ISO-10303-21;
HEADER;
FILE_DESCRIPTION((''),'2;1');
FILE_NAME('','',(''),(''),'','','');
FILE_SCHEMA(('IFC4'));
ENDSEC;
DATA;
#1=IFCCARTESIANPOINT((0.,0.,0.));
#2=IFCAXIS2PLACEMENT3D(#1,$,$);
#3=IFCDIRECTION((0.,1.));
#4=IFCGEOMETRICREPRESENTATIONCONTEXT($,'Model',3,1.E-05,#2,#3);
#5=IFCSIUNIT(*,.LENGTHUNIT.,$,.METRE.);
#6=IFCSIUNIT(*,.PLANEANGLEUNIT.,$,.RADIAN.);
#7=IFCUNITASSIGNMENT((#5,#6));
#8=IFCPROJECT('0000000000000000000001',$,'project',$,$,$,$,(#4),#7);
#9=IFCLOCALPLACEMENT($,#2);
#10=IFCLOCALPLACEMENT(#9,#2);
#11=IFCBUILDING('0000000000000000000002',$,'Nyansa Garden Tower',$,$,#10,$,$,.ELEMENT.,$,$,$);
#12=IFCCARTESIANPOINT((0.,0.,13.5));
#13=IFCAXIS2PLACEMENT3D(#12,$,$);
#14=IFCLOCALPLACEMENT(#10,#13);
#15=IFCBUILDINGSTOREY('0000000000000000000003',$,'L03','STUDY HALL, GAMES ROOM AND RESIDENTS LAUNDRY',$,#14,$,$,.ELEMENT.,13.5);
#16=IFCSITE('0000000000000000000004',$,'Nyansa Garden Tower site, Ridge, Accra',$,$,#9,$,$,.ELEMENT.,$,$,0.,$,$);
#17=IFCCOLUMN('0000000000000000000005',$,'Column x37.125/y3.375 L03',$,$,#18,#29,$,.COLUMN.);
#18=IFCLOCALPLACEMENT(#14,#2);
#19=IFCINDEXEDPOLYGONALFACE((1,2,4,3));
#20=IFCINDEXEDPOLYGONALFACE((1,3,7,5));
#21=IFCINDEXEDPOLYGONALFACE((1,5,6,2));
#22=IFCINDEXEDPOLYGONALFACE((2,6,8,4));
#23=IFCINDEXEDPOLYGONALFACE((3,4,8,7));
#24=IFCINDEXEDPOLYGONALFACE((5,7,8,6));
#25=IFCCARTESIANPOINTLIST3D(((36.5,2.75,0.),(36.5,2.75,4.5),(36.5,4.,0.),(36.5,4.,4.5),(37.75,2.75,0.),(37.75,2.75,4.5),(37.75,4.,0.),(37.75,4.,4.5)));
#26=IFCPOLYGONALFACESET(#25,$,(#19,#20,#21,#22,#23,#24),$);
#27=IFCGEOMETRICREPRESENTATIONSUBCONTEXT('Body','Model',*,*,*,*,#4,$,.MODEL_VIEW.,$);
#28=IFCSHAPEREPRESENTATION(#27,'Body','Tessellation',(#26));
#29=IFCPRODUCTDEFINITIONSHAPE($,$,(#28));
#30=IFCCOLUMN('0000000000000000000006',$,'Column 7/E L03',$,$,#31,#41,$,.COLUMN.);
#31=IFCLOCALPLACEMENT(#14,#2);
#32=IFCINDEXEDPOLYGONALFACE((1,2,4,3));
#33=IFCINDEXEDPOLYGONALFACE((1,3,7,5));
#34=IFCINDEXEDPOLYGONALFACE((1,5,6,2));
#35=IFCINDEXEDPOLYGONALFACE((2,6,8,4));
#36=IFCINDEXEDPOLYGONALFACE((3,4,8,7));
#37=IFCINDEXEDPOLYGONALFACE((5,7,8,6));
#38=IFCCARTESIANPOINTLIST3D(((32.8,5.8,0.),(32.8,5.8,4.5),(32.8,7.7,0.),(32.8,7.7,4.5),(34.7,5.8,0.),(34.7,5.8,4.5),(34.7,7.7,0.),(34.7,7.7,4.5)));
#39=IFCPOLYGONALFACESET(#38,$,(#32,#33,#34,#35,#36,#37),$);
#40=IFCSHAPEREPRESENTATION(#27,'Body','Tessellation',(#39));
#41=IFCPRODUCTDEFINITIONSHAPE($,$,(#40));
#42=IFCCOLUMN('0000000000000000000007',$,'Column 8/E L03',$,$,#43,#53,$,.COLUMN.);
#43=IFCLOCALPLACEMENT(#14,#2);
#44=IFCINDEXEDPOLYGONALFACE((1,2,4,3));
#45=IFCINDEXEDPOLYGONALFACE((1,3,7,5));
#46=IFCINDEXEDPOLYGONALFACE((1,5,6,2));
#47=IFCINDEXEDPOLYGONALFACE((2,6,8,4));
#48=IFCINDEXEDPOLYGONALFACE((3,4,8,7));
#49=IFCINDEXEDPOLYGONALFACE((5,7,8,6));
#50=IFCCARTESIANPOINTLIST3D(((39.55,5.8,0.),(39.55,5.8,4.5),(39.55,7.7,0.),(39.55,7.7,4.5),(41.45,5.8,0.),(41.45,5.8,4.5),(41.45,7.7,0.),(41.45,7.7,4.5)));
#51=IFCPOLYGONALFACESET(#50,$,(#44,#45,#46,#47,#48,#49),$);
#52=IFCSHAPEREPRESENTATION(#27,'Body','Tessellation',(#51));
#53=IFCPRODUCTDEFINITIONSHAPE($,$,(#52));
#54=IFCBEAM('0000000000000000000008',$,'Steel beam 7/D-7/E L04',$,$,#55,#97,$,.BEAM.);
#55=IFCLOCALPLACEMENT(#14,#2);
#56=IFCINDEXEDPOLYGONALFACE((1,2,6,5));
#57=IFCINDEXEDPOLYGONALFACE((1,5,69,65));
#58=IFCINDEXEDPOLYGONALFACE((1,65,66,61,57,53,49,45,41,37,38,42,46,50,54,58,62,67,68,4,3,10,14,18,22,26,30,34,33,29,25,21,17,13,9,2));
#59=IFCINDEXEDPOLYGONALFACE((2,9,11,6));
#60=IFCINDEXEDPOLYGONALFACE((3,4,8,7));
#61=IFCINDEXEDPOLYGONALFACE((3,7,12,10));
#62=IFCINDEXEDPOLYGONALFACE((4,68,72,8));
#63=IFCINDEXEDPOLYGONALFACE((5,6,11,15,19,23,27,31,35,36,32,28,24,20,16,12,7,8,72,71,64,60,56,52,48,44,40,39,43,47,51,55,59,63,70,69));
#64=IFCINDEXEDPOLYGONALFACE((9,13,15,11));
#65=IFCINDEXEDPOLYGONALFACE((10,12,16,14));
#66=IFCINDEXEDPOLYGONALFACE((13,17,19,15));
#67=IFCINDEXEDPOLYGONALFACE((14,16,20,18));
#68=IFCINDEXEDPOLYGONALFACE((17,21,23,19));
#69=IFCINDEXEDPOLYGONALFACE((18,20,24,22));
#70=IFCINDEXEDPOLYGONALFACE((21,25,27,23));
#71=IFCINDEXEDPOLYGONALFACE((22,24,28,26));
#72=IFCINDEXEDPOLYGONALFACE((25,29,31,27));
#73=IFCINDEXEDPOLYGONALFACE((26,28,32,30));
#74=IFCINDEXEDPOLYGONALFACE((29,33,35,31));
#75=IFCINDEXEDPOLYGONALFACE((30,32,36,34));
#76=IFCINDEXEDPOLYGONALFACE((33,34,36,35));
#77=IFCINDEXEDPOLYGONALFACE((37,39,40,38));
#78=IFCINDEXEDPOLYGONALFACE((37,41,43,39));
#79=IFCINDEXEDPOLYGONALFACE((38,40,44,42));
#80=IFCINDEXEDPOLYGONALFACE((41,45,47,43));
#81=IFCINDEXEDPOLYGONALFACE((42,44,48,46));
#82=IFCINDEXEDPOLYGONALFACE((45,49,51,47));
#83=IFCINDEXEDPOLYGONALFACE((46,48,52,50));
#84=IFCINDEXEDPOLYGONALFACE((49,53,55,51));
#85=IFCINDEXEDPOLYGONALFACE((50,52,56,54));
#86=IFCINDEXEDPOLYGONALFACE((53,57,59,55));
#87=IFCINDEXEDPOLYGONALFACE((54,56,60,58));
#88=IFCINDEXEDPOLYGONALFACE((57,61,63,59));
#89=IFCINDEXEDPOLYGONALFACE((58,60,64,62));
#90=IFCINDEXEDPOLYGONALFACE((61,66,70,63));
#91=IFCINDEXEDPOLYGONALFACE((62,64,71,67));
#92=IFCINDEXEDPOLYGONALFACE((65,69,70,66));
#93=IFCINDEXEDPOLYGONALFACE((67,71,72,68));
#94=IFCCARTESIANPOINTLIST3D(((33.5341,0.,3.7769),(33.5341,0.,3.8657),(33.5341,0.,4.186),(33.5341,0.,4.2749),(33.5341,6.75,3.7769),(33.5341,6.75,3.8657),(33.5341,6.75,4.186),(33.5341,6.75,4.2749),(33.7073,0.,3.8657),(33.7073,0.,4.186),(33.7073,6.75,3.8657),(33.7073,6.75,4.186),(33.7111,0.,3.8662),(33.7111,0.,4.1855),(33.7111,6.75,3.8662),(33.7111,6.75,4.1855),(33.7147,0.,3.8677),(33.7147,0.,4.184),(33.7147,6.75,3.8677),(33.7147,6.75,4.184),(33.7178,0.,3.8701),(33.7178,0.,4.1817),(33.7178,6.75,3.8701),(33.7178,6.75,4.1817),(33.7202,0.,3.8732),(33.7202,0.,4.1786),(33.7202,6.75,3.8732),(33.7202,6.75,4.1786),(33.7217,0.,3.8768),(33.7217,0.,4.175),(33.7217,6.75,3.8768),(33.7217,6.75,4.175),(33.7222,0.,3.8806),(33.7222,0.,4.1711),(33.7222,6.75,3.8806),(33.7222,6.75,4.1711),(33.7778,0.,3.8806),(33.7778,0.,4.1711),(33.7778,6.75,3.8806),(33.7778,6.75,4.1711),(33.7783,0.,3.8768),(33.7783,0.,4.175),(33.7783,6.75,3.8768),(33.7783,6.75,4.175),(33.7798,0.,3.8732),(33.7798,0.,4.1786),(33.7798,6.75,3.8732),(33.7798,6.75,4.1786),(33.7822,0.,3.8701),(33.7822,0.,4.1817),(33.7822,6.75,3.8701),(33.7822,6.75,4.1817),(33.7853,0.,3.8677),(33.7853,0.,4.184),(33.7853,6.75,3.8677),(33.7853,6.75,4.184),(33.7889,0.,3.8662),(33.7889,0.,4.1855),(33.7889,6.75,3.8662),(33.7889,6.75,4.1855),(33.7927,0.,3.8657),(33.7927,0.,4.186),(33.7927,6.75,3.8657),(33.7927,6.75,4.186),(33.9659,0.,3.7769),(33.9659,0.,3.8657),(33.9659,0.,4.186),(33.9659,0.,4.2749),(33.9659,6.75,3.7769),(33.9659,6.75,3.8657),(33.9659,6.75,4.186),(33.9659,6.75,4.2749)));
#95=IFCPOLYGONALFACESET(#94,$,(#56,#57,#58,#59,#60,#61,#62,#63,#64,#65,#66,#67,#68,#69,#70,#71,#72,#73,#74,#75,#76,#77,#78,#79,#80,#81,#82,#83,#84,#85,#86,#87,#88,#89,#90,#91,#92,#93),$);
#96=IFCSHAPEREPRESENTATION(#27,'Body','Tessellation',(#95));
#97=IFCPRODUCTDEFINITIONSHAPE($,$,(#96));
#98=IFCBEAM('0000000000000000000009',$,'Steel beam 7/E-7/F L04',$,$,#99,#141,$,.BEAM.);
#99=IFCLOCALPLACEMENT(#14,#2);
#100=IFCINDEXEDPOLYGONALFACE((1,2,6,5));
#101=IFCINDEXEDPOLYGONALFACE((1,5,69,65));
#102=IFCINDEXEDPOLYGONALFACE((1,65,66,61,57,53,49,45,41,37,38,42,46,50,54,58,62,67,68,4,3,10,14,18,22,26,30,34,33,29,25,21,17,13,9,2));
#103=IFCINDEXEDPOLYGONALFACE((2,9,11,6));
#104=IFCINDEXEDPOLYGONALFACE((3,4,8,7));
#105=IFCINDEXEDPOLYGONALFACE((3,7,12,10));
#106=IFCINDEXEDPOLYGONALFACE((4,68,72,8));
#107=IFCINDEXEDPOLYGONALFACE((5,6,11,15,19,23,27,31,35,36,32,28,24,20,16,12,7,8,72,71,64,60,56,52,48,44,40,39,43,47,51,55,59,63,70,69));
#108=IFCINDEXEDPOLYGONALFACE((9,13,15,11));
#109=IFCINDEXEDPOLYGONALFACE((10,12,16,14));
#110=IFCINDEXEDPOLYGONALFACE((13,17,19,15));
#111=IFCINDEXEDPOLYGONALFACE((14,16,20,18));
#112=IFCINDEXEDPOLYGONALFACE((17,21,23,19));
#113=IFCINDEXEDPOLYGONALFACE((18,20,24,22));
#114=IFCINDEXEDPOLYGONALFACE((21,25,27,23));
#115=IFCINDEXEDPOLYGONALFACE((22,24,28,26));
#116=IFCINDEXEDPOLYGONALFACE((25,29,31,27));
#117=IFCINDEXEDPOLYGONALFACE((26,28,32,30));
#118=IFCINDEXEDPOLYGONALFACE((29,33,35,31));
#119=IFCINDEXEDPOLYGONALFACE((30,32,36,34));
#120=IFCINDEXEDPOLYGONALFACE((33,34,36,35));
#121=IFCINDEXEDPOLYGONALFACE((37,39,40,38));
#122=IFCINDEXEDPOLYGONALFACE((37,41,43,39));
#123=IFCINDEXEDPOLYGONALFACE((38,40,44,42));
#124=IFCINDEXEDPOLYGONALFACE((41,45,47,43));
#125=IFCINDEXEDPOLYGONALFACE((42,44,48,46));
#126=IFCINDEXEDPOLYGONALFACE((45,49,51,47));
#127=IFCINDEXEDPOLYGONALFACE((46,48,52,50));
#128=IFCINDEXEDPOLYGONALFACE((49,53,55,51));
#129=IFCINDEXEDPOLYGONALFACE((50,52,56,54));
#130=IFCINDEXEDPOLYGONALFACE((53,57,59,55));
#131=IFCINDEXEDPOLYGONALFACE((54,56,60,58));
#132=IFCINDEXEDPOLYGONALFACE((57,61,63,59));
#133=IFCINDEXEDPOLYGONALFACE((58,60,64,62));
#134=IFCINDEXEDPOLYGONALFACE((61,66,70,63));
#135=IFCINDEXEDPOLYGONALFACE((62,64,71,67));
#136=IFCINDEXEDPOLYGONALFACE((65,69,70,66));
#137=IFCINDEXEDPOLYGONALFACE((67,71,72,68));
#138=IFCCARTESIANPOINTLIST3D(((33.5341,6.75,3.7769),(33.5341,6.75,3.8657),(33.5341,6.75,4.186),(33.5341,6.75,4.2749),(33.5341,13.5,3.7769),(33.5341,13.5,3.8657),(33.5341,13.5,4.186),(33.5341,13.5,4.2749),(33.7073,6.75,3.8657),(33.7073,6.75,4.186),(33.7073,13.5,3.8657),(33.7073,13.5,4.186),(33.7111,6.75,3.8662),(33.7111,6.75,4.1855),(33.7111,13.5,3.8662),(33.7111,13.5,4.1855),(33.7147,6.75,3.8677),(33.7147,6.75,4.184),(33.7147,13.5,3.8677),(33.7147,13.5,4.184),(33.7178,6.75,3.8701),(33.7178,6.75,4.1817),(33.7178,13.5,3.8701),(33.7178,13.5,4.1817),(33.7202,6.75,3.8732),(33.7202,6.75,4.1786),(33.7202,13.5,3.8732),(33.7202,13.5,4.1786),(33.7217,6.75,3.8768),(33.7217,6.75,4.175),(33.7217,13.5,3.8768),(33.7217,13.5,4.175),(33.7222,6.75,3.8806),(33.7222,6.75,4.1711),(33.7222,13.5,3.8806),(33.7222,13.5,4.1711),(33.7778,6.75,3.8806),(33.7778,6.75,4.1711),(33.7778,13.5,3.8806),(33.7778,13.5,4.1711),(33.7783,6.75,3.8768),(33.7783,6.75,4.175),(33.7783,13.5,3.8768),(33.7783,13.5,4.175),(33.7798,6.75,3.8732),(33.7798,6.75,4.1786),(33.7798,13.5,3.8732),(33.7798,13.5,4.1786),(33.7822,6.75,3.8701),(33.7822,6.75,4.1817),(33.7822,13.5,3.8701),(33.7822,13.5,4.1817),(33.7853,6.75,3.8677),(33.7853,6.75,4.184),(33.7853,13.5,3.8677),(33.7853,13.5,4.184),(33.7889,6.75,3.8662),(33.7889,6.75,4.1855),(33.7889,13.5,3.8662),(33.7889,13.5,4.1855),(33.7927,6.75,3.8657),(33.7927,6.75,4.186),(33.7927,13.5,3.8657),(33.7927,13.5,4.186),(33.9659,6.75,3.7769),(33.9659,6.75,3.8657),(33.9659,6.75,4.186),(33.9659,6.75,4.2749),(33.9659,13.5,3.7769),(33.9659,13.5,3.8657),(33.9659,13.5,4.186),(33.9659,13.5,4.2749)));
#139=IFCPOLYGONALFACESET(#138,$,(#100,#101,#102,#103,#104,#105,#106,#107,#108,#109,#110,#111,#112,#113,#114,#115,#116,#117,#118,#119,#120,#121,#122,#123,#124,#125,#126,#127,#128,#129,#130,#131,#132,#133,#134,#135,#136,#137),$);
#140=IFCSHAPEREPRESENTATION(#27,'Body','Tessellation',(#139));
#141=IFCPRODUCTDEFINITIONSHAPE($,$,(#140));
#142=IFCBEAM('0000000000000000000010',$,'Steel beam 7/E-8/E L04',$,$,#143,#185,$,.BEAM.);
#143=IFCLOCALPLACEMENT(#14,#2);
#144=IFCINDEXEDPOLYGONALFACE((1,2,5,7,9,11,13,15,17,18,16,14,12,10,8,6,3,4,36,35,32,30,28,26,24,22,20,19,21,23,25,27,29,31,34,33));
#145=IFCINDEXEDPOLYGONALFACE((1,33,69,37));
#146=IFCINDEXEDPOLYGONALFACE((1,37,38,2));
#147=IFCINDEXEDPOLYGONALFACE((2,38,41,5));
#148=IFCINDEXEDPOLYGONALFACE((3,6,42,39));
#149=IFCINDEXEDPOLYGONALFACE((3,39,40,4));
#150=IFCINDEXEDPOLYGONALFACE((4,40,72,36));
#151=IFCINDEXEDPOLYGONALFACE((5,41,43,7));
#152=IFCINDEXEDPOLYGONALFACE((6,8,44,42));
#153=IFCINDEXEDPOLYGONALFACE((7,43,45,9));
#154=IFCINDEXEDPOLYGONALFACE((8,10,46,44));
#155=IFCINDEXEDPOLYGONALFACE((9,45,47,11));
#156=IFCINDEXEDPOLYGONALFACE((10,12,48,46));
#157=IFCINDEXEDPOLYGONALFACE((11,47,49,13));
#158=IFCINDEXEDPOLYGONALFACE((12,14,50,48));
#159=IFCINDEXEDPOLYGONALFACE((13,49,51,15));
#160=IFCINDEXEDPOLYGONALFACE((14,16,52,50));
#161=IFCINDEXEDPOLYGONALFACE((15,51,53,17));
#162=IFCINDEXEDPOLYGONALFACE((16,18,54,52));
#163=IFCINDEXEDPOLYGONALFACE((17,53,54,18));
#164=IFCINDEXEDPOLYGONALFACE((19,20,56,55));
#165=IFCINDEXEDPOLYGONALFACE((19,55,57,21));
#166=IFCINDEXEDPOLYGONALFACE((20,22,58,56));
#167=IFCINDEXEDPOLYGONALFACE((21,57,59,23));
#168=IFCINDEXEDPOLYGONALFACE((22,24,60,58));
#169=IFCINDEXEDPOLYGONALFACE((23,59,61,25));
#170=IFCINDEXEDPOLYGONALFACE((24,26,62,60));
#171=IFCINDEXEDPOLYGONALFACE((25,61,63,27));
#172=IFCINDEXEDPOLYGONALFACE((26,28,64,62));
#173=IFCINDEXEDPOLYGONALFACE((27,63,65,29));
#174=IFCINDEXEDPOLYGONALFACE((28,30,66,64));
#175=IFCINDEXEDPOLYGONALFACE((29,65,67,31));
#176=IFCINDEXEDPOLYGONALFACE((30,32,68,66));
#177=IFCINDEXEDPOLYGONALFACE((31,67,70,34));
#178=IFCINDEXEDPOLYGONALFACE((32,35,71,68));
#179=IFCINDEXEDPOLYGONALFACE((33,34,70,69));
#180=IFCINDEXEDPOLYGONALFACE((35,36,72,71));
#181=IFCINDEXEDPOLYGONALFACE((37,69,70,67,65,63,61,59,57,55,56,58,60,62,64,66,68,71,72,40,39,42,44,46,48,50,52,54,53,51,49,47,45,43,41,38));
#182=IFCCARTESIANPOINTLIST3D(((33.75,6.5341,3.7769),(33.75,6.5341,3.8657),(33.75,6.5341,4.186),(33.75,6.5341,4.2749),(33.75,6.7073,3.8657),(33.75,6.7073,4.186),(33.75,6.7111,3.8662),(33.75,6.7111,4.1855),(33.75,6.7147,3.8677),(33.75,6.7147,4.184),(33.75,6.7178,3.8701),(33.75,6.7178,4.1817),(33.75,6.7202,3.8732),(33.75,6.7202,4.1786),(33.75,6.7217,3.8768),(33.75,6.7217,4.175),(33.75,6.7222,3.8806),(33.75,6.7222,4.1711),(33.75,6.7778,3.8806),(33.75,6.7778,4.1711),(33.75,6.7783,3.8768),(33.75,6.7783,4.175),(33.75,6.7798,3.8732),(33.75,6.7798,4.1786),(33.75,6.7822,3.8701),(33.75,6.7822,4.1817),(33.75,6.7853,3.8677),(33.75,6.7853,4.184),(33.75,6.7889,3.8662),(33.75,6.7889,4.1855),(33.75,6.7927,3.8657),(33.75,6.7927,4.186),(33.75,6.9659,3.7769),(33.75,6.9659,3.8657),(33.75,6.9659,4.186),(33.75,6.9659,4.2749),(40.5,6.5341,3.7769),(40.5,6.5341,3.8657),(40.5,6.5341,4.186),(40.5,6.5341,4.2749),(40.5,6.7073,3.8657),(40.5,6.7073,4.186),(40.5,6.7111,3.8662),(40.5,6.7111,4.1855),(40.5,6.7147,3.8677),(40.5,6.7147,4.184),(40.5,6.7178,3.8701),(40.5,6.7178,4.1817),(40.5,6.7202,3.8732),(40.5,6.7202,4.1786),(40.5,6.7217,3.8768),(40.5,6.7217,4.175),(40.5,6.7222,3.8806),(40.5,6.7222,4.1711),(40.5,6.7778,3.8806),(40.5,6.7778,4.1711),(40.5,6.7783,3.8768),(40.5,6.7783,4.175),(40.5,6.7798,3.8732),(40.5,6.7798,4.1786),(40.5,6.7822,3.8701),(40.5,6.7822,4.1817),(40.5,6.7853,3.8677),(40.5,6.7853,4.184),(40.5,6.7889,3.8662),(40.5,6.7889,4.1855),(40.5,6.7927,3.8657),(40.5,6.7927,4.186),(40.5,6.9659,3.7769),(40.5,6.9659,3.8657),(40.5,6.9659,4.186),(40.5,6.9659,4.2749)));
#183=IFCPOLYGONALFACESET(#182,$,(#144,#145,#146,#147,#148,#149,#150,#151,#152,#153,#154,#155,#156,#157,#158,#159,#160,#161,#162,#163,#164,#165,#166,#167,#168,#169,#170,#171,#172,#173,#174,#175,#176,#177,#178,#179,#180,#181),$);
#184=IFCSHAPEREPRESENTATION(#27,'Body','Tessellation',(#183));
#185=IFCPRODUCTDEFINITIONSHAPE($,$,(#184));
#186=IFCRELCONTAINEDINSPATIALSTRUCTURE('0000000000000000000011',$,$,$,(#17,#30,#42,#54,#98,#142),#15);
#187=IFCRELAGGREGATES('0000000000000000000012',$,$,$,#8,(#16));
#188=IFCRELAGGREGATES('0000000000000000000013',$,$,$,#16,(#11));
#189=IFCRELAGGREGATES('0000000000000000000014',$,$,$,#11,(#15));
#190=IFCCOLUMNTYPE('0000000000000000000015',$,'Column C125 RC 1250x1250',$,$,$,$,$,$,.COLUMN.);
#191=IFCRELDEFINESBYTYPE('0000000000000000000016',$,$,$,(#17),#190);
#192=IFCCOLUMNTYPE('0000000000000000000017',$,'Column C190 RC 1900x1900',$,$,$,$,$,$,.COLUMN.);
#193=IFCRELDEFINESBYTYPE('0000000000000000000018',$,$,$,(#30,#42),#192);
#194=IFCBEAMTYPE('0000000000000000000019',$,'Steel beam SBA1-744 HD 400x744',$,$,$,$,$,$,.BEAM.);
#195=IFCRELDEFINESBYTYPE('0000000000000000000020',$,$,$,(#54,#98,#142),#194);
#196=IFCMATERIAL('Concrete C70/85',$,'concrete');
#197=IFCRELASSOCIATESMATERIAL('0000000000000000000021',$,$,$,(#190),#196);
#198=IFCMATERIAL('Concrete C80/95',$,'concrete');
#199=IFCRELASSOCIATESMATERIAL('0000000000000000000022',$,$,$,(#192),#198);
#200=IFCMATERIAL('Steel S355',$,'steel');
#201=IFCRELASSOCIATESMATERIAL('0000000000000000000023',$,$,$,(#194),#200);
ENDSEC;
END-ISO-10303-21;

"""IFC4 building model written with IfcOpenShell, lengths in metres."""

from ifc_helpers import new_model, si_unit, direction, frame, origin, origin_2d, place, context, subcontext, project, spatial, rectangle, i_section, extrude, material, material_profile, profile_set, type_object, element, save


model = new_model("IFC4")

# Units and contexts
model_context = context("Model", 3, precision=1e-05, world=origin(), true_north=direction((0.0, 1.0)))
body_context = subcontext(model_context, "Body", "Model", "MODEL_VIEW")
ifc_project = project(units=[si_unit("LENGTHUNIT", "METRE"), si_unit("PLANEANGLEUNIT", "RADIAN")], contexts=[model_context])

# Site, building, storey
site_placement = place(None, origin())
site = spatial("IfcSite", under=ifc_project, at=site_placement, Name="Nyansa Garden Tower site, Ridge, Accra", CompositionType="ELEMENT", RefElevation=0.0)
building_placement = place(site_placement, origin())
building = spatial("IfcBuilding", under=site, at=building_placement, Name="Nyansa Garden Tower", CompositionType="ELEMENT")
storey_placement = place(building_placement, frame((0.0, 0.0, 13.5)))
storey = spatial("IfcBuildingStorey", under=building, at=storey_placement, Name="L03", Description="STUDY HALL, GAMES ROOM AND RESIDENTS LAUNDRY", CompositionType="ELEMENT", Elevation=13.5)

# Columns
ifc_material_1 = material(Name="Concrete C70/85", Category="concrete")
ifc_material_profile_1 = material_profile(ifc_material_1, rectangle(XDim=1.25, YDim=1.25, at=origin_2d()), Name="RC 1250x1250")
ifc_profile_set_1 = profile_set([ifc_material_profile_1], Name="Concrete C70/85")
column_type_1 = type_object("IfcColumnType", Name="Column C125 RC 1250x1250", PredefinedType="COLUMN", material=ifc_profile_set_1)
column_placement = place(storey_placement, frame((37.125, 3.375, 0.0), z_axis=(0.0, 0.0, 1.0), x_axis=(1.0, 0.0, 0.0)))
element("IfcColumn", 1, at=column_placement, inside=storey, type_object=column_type_1, Name="Column x37.125/y3.375 L03", PredefinedType="COLUMN", context=body_context, shape_type="SweptSolid", body=[
    extrude(rectangle(XDim=1.25, YDim=1.25, at=origin_2d()), origin(), (0.0, 0.0, 1.0), 4.5),
])
ifc_material_2 = material(Name="Concrete C80/95", Category="concrete")
ifc_material_profile_2 = material_profile(ifc_material_2, rectangle(XDim=1.8999, YDim=1.8999, at=origin_2d()), Name="RC 1900x1900")
ifc_profile_set_2 = profile_set([ifc_material_profile_2], Name="Concrete C80/95")
column_type_2 = type_object("IfcColumnType", Name="Column C190 RC 1900x1900", PredefinedType="COLUMN", material=ifc_profile_set_2)
for number, where, z_axis, x_axis, name in (
    (2, (33.75, 6.75, 0.0), (0.0, 0.0, 1.0), (1.0, 0.0, 0.0), "Column 7/E L03"),
    (3, (40.5, 6.75, 0.0), (0.0, 0.0, 1.0), (1.0, 0.0, 0.0), "Column 8/E L03"),
):
    element("IfcColumn", number, at=place(storey_placement, frame(where, z_axis=z_axis, x_axis=x_axis)), inside=storey, type_object=column_type_2, Name=name, PredefinedType="COLUMN", context=body_context, shape_type="SweptSolid", body=[
        extrude(rectangle(XDim=1.8999, YDim=1.8999, at=origin_2d()), origin(), (0.0, 0.0, 1.0), 4.5),
    ])

# Beams
ifc_material_3 = material(Name="Steel S355", Category="steel")
ifc_material_profile_3 = material_profile(ifc_material_3, i_section(OverallWidth=0.4319, OverallDepth=0.498, WebThickness=0.0557, FlangeThickness=0.0889, FilletRadius=0.0149, at=origin_2d()), Name="HD 400x744")
ifc_profile_set_3 = profile_set([ifc_material_profile_3], Name="Steel S355")
beam_type_1 = type_object("IfcBeamType", Name="Steel beam SBA1-744 HD 400x744", PredefinedType="BEAM", material=ifc_profile_set_3)
for number, where, z_axis, x_axis, name in (
    (4, (33.75, 0.0, 4.0259), (0.0, 1.0, 0.0), (-1.0, 0.0, 0.0), "Steel beam 7/D-7/E L04"),
    (5, (33.75, 6.75, 4.0259), (0.0, 1.0, 0.0), (-1.0, 0.0, 0.0), "Steel beam 7/E-7/F L04"),
    (6, (33.75, 6.75, 4.0259), (1.0, 0.0, 0.0), (0.0, 1.0, 0.0), "Steel beam 7/E-8/E L04"),
):
    element("IfcBeam", number, at=place(storey_placement, frame(where, z_axis=z_axis, x_axis=x_axis)), inside=storey, type_object=beam_type_1, Name=name, PredefinedType="BEAM", context=body_context, shape_type="SweptSolid", body=[
        extrude(i_section(OverallWidth=0.4319, OverallDepth=0.498, WebThickness=0.0557, FlangeThickness=0.0889, FilletRadius=0.0149, at=origin_2d()), origin(), (0.0, 0.0, 1.0), 6.75),
    ])

save(model, "model.ifc")
